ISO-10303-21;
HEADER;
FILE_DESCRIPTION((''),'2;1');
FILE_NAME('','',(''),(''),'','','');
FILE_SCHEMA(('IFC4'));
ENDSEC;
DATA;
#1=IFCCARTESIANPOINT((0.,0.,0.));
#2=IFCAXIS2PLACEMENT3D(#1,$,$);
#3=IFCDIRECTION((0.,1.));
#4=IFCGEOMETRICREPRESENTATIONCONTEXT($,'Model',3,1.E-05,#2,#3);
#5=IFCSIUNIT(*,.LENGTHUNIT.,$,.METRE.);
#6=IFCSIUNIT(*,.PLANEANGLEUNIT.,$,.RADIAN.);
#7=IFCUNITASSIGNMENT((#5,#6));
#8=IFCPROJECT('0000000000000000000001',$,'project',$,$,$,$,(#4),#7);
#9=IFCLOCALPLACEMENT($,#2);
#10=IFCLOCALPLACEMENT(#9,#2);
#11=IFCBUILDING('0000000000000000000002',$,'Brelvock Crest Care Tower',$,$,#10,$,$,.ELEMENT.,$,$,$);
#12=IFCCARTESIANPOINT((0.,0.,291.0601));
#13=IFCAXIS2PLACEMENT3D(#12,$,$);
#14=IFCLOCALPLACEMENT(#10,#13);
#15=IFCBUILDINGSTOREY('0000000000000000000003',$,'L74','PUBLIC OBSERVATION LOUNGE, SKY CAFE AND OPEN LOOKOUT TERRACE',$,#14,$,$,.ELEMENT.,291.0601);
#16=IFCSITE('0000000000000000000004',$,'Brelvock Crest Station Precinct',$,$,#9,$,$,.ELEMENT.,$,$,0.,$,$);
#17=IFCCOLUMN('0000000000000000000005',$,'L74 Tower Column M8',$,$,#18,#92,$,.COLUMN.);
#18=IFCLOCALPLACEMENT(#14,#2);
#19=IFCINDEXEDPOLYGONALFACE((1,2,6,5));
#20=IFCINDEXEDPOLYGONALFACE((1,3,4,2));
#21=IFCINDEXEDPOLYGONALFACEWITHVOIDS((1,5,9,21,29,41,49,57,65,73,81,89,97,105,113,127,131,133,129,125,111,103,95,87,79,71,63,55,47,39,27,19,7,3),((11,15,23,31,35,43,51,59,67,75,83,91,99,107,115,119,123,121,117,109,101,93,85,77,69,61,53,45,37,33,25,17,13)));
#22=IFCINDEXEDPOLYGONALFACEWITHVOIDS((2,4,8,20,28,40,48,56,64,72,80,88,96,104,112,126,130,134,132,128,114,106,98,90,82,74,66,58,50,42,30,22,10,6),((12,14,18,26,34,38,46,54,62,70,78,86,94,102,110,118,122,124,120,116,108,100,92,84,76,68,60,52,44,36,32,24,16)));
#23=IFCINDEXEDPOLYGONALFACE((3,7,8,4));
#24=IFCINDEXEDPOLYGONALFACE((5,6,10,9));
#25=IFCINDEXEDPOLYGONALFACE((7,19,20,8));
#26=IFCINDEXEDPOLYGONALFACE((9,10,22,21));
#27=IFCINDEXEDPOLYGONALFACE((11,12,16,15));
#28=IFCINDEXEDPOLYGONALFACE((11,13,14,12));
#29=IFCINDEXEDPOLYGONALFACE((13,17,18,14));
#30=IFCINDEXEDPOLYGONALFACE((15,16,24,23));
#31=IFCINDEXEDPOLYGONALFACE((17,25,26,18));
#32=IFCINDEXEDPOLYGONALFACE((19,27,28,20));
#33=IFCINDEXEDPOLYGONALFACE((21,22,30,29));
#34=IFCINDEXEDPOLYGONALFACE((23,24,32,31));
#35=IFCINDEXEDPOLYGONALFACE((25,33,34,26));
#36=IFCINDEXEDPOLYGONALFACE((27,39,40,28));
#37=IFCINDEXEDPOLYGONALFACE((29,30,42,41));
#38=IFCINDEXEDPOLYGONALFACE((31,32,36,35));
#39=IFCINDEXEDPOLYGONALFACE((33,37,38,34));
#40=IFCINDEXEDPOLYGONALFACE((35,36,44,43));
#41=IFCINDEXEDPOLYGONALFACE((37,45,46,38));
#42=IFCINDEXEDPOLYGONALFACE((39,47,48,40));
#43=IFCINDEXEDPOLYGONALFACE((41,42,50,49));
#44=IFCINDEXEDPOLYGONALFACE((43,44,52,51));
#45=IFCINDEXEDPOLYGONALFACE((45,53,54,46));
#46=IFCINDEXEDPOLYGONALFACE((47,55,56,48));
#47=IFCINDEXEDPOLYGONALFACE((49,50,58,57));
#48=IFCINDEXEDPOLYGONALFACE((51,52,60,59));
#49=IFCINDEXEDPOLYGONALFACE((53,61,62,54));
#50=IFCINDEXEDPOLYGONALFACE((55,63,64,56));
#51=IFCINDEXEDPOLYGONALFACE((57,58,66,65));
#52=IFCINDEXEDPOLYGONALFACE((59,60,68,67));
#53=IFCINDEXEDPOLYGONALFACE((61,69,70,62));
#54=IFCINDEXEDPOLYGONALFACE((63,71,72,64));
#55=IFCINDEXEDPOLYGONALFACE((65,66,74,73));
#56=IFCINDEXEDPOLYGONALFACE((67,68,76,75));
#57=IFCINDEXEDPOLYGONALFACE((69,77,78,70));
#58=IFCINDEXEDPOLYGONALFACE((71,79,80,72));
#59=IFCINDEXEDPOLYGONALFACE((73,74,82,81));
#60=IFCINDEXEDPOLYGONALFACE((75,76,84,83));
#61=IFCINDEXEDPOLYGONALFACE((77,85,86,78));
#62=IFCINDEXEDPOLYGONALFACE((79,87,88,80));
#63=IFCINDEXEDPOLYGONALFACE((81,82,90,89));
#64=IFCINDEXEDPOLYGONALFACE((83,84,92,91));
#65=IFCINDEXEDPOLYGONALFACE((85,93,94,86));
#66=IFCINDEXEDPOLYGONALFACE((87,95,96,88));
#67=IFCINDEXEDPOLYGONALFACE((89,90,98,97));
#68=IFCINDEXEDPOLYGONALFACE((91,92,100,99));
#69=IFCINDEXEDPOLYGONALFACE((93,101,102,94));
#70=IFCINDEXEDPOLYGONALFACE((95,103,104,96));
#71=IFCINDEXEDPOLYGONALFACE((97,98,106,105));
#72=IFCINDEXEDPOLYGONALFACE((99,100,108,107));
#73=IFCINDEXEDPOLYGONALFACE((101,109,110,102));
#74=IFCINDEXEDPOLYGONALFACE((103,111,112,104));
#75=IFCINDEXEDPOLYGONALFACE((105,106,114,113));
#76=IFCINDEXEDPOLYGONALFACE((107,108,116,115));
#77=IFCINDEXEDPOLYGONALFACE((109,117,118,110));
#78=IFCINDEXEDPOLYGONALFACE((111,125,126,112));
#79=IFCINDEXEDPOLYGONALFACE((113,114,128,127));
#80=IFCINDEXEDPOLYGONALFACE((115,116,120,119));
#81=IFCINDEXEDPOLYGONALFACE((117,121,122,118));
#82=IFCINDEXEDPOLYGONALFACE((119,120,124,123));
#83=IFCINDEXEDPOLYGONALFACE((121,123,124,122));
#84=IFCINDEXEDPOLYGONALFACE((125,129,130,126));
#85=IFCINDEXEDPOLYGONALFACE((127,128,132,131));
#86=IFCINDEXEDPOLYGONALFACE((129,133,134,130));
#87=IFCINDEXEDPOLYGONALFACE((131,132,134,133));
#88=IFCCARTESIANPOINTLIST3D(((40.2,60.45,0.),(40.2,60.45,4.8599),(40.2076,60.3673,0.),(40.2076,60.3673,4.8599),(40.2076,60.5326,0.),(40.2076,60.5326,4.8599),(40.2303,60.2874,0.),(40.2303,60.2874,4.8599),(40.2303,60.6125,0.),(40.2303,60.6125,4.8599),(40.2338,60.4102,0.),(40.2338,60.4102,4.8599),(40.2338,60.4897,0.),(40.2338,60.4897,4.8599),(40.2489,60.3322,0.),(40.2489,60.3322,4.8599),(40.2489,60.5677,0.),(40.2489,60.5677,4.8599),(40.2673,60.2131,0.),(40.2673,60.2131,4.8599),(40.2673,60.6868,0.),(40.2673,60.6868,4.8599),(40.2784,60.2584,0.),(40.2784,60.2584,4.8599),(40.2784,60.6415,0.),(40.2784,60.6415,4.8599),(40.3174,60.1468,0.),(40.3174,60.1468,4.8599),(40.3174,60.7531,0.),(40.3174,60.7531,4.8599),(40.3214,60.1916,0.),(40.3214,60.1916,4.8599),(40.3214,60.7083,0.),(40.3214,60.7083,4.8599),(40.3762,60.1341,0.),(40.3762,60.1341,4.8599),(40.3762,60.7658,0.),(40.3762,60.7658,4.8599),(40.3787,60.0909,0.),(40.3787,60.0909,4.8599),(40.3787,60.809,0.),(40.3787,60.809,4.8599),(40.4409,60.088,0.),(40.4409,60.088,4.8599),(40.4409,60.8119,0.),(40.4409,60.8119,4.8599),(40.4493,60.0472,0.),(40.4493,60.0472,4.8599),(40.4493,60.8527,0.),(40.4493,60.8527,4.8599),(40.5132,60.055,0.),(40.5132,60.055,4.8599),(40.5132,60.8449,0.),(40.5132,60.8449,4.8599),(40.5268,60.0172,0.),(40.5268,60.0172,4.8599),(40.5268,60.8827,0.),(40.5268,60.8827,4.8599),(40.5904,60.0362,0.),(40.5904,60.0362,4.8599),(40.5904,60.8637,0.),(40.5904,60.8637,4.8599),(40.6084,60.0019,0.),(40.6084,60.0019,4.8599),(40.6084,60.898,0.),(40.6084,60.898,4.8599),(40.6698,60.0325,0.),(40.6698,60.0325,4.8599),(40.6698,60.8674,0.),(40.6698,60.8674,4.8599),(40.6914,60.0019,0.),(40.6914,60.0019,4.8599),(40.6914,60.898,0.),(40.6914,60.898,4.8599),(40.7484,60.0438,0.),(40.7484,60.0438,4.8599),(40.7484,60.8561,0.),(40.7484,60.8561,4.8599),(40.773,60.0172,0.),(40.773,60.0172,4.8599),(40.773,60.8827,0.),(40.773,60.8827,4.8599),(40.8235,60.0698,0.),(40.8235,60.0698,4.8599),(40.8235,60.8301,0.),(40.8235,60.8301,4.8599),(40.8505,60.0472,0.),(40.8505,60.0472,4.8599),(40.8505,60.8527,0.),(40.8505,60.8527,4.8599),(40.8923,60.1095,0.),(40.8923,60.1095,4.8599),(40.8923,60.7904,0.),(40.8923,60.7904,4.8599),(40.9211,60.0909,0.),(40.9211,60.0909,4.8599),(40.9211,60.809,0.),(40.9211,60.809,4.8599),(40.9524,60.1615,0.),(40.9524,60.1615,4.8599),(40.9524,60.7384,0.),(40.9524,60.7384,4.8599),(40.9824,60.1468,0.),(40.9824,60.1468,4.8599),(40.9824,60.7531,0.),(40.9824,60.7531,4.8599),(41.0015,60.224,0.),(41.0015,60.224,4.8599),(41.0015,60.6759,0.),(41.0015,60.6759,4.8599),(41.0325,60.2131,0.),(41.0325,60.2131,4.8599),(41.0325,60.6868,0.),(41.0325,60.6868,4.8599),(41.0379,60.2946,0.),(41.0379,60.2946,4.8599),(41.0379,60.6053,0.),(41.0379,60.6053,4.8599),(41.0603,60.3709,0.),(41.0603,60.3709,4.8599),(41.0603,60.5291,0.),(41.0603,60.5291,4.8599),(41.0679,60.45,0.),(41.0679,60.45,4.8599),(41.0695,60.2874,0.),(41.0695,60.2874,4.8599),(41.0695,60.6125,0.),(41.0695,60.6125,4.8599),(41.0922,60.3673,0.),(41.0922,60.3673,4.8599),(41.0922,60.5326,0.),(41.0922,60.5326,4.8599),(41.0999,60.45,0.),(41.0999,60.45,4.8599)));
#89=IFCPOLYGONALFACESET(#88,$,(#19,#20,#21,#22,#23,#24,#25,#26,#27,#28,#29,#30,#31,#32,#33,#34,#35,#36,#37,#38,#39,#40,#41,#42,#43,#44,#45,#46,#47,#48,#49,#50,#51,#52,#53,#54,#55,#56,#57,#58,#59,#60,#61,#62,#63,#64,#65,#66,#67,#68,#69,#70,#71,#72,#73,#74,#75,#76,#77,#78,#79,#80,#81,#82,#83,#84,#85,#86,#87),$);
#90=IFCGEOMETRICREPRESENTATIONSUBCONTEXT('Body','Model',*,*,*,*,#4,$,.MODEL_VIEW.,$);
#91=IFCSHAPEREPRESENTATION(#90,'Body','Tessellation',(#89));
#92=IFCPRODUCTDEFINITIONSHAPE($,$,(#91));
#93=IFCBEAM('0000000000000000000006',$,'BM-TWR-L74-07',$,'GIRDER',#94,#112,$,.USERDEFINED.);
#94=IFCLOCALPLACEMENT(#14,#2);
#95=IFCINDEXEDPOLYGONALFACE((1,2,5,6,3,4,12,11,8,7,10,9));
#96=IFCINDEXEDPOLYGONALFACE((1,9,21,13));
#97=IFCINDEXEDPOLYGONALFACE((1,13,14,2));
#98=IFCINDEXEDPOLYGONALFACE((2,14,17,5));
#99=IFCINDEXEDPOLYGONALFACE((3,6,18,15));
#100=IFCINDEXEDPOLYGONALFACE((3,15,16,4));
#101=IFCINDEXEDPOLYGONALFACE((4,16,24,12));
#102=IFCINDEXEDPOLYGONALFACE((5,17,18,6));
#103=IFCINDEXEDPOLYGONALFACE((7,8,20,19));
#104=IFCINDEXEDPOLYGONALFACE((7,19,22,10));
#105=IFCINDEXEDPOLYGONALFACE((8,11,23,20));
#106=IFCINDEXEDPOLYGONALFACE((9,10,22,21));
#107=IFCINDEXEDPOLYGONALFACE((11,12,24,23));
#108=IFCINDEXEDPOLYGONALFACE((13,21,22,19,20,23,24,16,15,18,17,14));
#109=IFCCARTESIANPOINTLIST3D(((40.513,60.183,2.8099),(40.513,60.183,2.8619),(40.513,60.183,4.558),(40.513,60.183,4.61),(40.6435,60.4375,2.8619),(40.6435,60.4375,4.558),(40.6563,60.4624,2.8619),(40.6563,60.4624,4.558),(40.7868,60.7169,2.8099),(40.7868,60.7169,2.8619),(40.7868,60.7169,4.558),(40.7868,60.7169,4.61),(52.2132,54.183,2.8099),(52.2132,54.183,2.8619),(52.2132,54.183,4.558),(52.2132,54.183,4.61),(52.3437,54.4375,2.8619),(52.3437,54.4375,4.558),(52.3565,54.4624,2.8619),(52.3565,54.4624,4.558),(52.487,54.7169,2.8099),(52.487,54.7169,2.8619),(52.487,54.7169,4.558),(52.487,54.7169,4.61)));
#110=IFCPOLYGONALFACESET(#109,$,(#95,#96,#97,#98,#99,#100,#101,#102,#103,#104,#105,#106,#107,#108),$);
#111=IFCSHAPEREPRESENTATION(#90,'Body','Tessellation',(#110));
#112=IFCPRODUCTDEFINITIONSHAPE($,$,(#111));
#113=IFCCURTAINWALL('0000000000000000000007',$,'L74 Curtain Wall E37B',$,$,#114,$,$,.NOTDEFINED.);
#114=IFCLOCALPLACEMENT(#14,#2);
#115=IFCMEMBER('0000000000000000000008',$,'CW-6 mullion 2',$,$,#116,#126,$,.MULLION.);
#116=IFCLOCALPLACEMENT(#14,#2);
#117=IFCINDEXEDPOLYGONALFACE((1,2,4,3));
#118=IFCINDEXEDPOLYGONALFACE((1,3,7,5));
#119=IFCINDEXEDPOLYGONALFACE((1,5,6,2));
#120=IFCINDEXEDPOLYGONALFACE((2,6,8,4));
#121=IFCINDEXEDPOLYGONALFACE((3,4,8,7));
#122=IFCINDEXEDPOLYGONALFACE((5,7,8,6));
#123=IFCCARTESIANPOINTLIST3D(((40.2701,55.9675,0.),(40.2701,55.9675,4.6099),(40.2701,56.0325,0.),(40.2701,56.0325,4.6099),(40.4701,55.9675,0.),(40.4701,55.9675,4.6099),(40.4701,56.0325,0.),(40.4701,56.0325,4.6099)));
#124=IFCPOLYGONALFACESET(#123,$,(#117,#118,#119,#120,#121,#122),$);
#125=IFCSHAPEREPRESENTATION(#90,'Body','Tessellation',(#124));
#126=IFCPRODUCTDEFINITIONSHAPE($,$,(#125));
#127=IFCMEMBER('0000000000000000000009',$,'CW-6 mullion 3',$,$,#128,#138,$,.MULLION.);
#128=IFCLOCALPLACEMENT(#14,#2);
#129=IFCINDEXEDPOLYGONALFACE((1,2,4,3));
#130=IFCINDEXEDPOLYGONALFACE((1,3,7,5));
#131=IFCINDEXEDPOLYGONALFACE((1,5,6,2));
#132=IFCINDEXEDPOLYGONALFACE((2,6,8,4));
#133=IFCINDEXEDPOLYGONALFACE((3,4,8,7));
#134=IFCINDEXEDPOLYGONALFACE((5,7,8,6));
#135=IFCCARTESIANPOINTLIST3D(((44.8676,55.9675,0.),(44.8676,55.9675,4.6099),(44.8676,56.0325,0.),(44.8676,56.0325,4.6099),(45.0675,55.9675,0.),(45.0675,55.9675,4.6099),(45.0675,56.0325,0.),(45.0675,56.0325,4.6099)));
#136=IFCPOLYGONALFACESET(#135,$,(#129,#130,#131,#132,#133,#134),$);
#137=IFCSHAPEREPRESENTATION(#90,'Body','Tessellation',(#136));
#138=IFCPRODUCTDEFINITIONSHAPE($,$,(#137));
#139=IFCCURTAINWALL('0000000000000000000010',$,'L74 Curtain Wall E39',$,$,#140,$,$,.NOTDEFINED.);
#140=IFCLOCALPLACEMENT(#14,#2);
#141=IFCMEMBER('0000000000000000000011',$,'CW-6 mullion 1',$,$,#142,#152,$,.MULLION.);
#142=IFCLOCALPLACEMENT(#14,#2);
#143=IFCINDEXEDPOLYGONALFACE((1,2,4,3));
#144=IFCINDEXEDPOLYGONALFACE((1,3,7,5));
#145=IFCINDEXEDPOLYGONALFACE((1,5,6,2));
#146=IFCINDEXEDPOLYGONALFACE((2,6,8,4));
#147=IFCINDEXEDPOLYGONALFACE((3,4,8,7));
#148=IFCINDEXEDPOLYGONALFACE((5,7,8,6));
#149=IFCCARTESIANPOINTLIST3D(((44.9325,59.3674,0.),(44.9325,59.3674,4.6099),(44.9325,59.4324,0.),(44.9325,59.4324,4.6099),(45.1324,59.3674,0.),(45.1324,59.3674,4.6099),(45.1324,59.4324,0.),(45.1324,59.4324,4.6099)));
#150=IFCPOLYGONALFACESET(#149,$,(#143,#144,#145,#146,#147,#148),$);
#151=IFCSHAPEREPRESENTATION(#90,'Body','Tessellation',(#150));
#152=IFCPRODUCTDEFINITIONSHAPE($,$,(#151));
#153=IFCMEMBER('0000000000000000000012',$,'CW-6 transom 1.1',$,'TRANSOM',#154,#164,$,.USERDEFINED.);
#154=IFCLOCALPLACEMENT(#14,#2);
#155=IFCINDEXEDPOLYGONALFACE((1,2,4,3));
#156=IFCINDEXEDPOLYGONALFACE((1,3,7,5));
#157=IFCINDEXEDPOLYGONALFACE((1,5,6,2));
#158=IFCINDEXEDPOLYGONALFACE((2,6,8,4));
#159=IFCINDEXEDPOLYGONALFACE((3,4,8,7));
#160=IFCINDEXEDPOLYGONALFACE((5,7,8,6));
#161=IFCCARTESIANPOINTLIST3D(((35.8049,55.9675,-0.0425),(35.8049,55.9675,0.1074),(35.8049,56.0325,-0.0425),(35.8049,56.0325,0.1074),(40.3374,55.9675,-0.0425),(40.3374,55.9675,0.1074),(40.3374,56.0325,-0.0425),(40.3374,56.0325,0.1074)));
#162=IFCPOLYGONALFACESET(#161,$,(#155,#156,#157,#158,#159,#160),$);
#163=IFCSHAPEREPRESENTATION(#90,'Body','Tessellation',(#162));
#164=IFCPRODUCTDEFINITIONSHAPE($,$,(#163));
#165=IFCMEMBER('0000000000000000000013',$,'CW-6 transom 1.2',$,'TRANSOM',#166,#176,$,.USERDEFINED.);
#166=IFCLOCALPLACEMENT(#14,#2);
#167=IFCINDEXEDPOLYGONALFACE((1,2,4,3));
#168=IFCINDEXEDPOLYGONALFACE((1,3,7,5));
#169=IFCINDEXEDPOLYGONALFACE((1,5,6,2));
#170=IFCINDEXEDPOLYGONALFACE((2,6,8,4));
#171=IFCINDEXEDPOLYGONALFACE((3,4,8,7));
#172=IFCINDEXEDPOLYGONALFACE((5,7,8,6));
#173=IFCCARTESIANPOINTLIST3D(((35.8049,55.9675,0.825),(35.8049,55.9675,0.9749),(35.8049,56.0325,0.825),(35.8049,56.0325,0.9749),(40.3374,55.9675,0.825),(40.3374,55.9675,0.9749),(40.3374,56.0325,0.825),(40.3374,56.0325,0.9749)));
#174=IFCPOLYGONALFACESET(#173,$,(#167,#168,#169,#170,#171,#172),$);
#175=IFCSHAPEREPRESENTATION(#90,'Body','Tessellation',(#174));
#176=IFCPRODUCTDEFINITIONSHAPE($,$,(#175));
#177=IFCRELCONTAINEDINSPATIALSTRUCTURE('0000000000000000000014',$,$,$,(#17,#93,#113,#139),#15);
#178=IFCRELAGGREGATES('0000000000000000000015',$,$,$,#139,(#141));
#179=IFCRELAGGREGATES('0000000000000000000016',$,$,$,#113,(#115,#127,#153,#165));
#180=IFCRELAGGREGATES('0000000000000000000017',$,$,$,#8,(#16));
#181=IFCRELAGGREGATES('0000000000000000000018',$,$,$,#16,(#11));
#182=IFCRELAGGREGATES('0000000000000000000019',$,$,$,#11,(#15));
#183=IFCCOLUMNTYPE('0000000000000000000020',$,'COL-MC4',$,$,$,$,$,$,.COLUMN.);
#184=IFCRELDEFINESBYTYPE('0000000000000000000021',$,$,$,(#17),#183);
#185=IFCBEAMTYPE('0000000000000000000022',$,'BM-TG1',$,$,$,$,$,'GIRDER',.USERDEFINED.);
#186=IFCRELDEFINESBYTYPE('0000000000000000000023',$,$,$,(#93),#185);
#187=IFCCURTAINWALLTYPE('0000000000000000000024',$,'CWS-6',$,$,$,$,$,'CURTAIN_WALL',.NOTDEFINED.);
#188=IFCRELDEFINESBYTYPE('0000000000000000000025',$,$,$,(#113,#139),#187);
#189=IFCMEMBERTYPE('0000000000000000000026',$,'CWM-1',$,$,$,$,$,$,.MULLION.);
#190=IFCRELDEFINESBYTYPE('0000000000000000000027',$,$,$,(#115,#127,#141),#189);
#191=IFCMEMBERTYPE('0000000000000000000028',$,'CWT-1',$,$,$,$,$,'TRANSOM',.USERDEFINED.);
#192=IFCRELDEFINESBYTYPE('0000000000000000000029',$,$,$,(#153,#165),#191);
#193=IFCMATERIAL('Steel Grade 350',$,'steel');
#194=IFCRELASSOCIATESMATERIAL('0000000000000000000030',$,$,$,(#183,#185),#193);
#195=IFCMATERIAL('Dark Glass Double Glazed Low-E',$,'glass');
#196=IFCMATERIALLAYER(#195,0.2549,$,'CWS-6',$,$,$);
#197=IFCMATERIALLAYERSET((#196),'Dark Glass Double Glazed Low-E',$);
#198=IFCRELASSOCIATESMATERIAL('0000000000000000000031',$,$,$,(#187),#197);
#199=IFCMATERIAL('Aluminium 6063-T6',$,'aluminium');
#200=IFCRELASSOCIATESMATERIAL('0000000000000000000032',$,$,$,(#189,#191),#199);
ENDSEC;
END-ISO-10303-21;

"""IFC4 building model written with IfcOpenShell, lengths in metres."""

from ifc_helpers import new_model, si_unit, direction, frame, origin, origin_2d, place, context, subcontext, project, spatial, rectangle, hollow_circle, i_section, extrude, source, transform, mapped, material, layer, layer_set, material_profile, profile_set, type_object, element, aggregate, save


model = new_model("IFC4")

# Units and contexts
model_context = context("Model", 3, precision=1e-05, world=origin(), true_north=direction((0.0, 1.0)))
body_context = subcontext(model_context, "Body", "Model", "MODEL_VIEW")
ifc_project = project(units=[si_unit("LENGTHUNIT", "METRE"), si_unit("PLANEANGLEUNIT", "RADIAN")], contexts=[model_context])

# Site, building, storey
site_placement = place(None, origin())
site = spatial("IfcSite", under=ifc_project, at=site_placement, Name="Brelvock Crest Station Precinct", CompositionType="ELEMENT", RefElevation=0.0)
building_placement = place(site_placement, origin())
building = spatial("IfcBuilding", under=site, at=building_placement, Name="Brelvock Crest Care Tower", CompositionType="ELEMENT")
storey_placement = place(building_placement, frame((0.0, 0.0, 291.0601)))
storey = spatial("IfcBuildingStorey", under=building, at=storey_placement, Name="L74", Description="PUBLIC OBSERVATION LOUNGE, SKY CAFE AND OPEN LOOKOUT TERRACE", CompositionType="ELEMENT", Elevation=291.0601)

# Column
ifc_material_1 = material(Name="Steel Grade 350", Category="steel")
ifc_material_profile_1 = material_profile(ifc_material_1, hollow_circle(Radius=0.45, WallThickness=0.032, at=origin_2d()), Name="CFT900x32")
ifc_profile_set_1 = profile_set([ifc_material_profile_1], Name="Steel Grade 350")
column_type = type_object("IfcColumnType", Name="COL-MC4", PredefinedType="COLUMN", material=ifc_profile_set_1)
shared_shape_1 = source(origin(), body_context, "Body", "SweptSolid", [
    extrude(hollow_circle(Radius=0.45, WallThickness=0.032, at=origin_2d()), origin(), (0.0, 0.0, 1.0), 4.8599),
])
column_placement = place(storey_placement, frame((40.6499, 60.45, 0.0), z_axis=(0.0, 0.0, 1.0), x_axis=(1.0, 0.0, 0.0)))
element("IfcColumn", 1, at=column_placement, inside=storey, type_object=column_type, Name="L74 Tower Column M8", PredefinedType="COLUMN", context=body_context, shape_type="MappedRepresentation", body=[
    mapped(shared_shape_1, transform((0.0, 0.0, 0.0), x_axis=(1.0, 0.0, 0.0), y_axis=(0.0, 1.0, 0.0), z_axis=(0.0, 0.0, 1.0), scale=1.0)),
])

# Beam
ifc_material_profile_2 = material_profile(ifc_material_1, i_section(OverallWidth=0.6001, OverallDepth=1.8, WebThickness=0.0281, FlangeThickness=0.052, at=origin_2d()), Name="1800TG740")
ifc_profile_set_2 = profile_set([ifc_material_profile_2], Name="Steel Grade 350")
beam_type = type_object("IfcBeamType", Name="BM-TG1", ElementType="GIRDER", PredefinedType="USERDEFINED", material=ifc_profile_set_2)
shared_shape_2 = source(origin(), body_context, "Body", "SweptSolid", [
    extrude(i_section(OverallWidth=0.6001, OverallDepth=1.8, WebThickness=0.0281, FlangeThickness=0.052, at=origin_2d()), origin(), (0.0, 0.0, 1.0), 13.1489),
])
beam_placement = place(storey_placement, frame((40.6499, 60.45, 3.71), z_axis=(0.889821, -0.456311, 0.0), x_axis=(0.456311, 0.889821, 0.0)))
element("IfcBeam", 2, at=beam_placement, inside=storey, type_object=beam_type, Name="BM-TWR-L74-07", ObjectType="GIRDER", PredefinedType="USERDEFINED", context=body_context, shape_type="MappedRepresentation", body=[
    mapped(shared_shape_2, transform((0.0, 0.0, 0.0), x_axis=(1.0, 0.0, 0.0), y_axis=(0.0, 1.0, 0.0), z_axis=(0.0, 0.0, 1.0), scale=1.0)),
])

# Curtain wall, members
ifc_material_2 = material(Name="Dark Glass Double Glazed Low-E", Category="glass")
ifc_layer_1 = layer(ifc_material_2, 0.2549, Name="CWS-6")
ifc_layer_set_1 = layer_set([ifc_layer_1], Name="Dark Glass Double Glazed Low-E")
curtain_wall_type = type_object("IfcCurtainWallType", Name="CWS-6", ElementType="CURTAIN_WALL", PredefinedType="NOTDEFINED", material=ifc_layer_set_1)
curtain_wall_1_placement = place(storey_placement, origin())
curtain_wall_1 = element("IfcCurtainWall", 3, at=curtain_wall_1_placement, inside=storey, type_object=curtain_wall_type, Name="L74 Curtain Wall E37B", PredefinedType="NOTDEFINED")
ifc_material_3 = material(Name="Aluminium 6063-T6", Category="aluminium")
ifc_material_profile_3 = material_profile(ifc_material_3, rectangle(XDim=0.0649, YDim=0.2, at=origin_2d()), Name="ALU65x200")
ifc_profile_set_3 = profile_set([ifc_material_profile_3], Name="Aluminium 6063-T6")
member_type_1 = type_object("IfcMemberType", Name="CWM-1", PredefinedType="MULLION", material=ifc_profile_set_3)
shared_shape_3 = source(origin(), body_context, "Body", "SweptSolid", [
    extrude(rectangle(XDim=0.0649, YDim=0.2, at=origin_2d()), origin(), (0.0, 0.0, 1.0), 4.6099),
])
member_1_placement = place(storey_placement, frame((40.3701, 56.0, 0.0), z_axis=(0.0, 0.0, 1.0), x_axis=(0.0, 1.0, 0.0)))
member_1 = element("IfcMember", 4, at=member_1_placement, type_object=member_type_1, Name="CW-6 mullion 2", PredefinedType="MULLION", context=body_context, shape_type="MappedRepresentation", body=[
    mapped(shared_shape_3, transform((0.0, 0.0, 0.0), x_axis=(1.0, 0.0, 0.0), y_axis=(0.0, 1.0, 0.0), z_axis=(0.0, 0.0, 1.0), scale=1.0)),
])
member_2_placement = place(storey_placement, frame((44.9675, 56.0, 0.0), z_axis=(0.0, 0.0, 1.0), x_axis=(0.0, 1.0, 0.0)))
member_2 = element("IfcMember", 5, at=member_2_placement, type_object=member_type_1, Name="CW-6 mullion 3", PredefinedType="MULLION", context=body_context, shape_type="MappedRepresentation", body=[
    mapped(shared_shape_3, transform((0.0, 0.0, 0.0), x_axis=(1.0, 0.0, 0.0), y_axis=(0.0, 1.0, 0.0), z_axis=(0.0, 0.0, 1.0), scale=1.0)),
])

# Curtain wall, member
curtain_wall_2_placement = place(storey_placement, origin())
curtain_wall_2 = element("IfcCurtainWall", 6, at=curtain_wall_2_placement, inside=storey, type_object=curtain_wall_type, Name="L74 Curtain Wall E39", PredefinedType="NOTDEFINED")
member_3_placement = place(storey_placement, frame((45.0325, 59.3999, 0.0), z_axis=(0.0, 0.0, 1.0), x_axis=(0.0, 1.0, 0.0)))
member_3 = element("IfcMember", 7, at=member_3_placement, type_object=member_type_1, Name="CW-6 mullion 1", PredefinedType="MULLION", context=body_context, shape_type="MappedRepresentation", body=[
    mapped(shared_shape_3, transform((0.0, 0.0, 0.0), x_axis=(1.0, 0.0, 0.0), y_axis=(0.0, 1.0, 0.0), z_axis=(0.0, 0.0, 1.0), scale=1.0)),
])
aggregate(curtain_wall_2, [member_3])

# Members
ifc_material_profile_4 = material_profile(ifc_material_3, rectangle(XDim=0.0649, YDim=0.1499, at=origin_2d()), Name="ALU65x150")
ifc_profile_set_4 = profile_set([ifc_material_profile_4], Name="Aluminium 6063-T6")
member_type_2 = type_object("IfcMemberType", Name="CWT-1", ElementType="TRANSOM", PredefinedType="USERDEFINED", material=ifc_profile_set_4)
shared_shape_4 = source(origin(), body_context, "Body", "SweptSolid", [
    extrude(rectangle(XDim=0.0649, YDim=0.1499, at=origin_2d()), origin(), (0.0, 0.0, 1.0), 4.5325),
])
member_4_placement = place(storey_placement, frame((35.8049, 56.0, 0.0325), z_axis=(1.0, 0.0, 0.0), x_axis=(0.0, 1.0, 0.0)))
member_4 = element("IfcMember", 8, at=member_4_placement, type_object=member_type_2, Name="CW-6 transom 1.1", ObjectType="TRANSOM", PredefinedType="USERDEFINED", context=body_context, shape_type="MappedRepresentation", body=[
    mapped(shared_shape_4, transform((0.0, 0.0, 0.0), x_axis=(1.0, 0.0, 0.0), y_axis=(0.0, 1.0, 0.0), z_axis=(0.0, 0.0, 1.0), scale=1.0)),
])
member_5_placement = place(storey_placement, frame((35.8049, 56.0, 0.8999), z_axis=(1.0, 0.0, 0.0), x_axis=(0.0, 1.0, 0.0)))
member_5 = element("IfcMember", 9, at=member_5_placement, type_object=member_type_2, Name="CW-6 transom 1.2", ObjectType="TRANSOM", PredefinedType="USERDEFINED", context=body_context, shape_type="MappedRepresentation", body=[
    mapped(shared_shape_4, transform((0.0, 0.0, 0.0), x_axis=(1.0, 0.0, 0.0), y_axis=(0.0, 1.0, 0.0), z_axis=(0.0, 0.0, 1.0), scale=1.0)),
])

aggregate(curtain_wall_1, [member_1, member_2, member_4, member_5])

save(model, "model.ifc")
